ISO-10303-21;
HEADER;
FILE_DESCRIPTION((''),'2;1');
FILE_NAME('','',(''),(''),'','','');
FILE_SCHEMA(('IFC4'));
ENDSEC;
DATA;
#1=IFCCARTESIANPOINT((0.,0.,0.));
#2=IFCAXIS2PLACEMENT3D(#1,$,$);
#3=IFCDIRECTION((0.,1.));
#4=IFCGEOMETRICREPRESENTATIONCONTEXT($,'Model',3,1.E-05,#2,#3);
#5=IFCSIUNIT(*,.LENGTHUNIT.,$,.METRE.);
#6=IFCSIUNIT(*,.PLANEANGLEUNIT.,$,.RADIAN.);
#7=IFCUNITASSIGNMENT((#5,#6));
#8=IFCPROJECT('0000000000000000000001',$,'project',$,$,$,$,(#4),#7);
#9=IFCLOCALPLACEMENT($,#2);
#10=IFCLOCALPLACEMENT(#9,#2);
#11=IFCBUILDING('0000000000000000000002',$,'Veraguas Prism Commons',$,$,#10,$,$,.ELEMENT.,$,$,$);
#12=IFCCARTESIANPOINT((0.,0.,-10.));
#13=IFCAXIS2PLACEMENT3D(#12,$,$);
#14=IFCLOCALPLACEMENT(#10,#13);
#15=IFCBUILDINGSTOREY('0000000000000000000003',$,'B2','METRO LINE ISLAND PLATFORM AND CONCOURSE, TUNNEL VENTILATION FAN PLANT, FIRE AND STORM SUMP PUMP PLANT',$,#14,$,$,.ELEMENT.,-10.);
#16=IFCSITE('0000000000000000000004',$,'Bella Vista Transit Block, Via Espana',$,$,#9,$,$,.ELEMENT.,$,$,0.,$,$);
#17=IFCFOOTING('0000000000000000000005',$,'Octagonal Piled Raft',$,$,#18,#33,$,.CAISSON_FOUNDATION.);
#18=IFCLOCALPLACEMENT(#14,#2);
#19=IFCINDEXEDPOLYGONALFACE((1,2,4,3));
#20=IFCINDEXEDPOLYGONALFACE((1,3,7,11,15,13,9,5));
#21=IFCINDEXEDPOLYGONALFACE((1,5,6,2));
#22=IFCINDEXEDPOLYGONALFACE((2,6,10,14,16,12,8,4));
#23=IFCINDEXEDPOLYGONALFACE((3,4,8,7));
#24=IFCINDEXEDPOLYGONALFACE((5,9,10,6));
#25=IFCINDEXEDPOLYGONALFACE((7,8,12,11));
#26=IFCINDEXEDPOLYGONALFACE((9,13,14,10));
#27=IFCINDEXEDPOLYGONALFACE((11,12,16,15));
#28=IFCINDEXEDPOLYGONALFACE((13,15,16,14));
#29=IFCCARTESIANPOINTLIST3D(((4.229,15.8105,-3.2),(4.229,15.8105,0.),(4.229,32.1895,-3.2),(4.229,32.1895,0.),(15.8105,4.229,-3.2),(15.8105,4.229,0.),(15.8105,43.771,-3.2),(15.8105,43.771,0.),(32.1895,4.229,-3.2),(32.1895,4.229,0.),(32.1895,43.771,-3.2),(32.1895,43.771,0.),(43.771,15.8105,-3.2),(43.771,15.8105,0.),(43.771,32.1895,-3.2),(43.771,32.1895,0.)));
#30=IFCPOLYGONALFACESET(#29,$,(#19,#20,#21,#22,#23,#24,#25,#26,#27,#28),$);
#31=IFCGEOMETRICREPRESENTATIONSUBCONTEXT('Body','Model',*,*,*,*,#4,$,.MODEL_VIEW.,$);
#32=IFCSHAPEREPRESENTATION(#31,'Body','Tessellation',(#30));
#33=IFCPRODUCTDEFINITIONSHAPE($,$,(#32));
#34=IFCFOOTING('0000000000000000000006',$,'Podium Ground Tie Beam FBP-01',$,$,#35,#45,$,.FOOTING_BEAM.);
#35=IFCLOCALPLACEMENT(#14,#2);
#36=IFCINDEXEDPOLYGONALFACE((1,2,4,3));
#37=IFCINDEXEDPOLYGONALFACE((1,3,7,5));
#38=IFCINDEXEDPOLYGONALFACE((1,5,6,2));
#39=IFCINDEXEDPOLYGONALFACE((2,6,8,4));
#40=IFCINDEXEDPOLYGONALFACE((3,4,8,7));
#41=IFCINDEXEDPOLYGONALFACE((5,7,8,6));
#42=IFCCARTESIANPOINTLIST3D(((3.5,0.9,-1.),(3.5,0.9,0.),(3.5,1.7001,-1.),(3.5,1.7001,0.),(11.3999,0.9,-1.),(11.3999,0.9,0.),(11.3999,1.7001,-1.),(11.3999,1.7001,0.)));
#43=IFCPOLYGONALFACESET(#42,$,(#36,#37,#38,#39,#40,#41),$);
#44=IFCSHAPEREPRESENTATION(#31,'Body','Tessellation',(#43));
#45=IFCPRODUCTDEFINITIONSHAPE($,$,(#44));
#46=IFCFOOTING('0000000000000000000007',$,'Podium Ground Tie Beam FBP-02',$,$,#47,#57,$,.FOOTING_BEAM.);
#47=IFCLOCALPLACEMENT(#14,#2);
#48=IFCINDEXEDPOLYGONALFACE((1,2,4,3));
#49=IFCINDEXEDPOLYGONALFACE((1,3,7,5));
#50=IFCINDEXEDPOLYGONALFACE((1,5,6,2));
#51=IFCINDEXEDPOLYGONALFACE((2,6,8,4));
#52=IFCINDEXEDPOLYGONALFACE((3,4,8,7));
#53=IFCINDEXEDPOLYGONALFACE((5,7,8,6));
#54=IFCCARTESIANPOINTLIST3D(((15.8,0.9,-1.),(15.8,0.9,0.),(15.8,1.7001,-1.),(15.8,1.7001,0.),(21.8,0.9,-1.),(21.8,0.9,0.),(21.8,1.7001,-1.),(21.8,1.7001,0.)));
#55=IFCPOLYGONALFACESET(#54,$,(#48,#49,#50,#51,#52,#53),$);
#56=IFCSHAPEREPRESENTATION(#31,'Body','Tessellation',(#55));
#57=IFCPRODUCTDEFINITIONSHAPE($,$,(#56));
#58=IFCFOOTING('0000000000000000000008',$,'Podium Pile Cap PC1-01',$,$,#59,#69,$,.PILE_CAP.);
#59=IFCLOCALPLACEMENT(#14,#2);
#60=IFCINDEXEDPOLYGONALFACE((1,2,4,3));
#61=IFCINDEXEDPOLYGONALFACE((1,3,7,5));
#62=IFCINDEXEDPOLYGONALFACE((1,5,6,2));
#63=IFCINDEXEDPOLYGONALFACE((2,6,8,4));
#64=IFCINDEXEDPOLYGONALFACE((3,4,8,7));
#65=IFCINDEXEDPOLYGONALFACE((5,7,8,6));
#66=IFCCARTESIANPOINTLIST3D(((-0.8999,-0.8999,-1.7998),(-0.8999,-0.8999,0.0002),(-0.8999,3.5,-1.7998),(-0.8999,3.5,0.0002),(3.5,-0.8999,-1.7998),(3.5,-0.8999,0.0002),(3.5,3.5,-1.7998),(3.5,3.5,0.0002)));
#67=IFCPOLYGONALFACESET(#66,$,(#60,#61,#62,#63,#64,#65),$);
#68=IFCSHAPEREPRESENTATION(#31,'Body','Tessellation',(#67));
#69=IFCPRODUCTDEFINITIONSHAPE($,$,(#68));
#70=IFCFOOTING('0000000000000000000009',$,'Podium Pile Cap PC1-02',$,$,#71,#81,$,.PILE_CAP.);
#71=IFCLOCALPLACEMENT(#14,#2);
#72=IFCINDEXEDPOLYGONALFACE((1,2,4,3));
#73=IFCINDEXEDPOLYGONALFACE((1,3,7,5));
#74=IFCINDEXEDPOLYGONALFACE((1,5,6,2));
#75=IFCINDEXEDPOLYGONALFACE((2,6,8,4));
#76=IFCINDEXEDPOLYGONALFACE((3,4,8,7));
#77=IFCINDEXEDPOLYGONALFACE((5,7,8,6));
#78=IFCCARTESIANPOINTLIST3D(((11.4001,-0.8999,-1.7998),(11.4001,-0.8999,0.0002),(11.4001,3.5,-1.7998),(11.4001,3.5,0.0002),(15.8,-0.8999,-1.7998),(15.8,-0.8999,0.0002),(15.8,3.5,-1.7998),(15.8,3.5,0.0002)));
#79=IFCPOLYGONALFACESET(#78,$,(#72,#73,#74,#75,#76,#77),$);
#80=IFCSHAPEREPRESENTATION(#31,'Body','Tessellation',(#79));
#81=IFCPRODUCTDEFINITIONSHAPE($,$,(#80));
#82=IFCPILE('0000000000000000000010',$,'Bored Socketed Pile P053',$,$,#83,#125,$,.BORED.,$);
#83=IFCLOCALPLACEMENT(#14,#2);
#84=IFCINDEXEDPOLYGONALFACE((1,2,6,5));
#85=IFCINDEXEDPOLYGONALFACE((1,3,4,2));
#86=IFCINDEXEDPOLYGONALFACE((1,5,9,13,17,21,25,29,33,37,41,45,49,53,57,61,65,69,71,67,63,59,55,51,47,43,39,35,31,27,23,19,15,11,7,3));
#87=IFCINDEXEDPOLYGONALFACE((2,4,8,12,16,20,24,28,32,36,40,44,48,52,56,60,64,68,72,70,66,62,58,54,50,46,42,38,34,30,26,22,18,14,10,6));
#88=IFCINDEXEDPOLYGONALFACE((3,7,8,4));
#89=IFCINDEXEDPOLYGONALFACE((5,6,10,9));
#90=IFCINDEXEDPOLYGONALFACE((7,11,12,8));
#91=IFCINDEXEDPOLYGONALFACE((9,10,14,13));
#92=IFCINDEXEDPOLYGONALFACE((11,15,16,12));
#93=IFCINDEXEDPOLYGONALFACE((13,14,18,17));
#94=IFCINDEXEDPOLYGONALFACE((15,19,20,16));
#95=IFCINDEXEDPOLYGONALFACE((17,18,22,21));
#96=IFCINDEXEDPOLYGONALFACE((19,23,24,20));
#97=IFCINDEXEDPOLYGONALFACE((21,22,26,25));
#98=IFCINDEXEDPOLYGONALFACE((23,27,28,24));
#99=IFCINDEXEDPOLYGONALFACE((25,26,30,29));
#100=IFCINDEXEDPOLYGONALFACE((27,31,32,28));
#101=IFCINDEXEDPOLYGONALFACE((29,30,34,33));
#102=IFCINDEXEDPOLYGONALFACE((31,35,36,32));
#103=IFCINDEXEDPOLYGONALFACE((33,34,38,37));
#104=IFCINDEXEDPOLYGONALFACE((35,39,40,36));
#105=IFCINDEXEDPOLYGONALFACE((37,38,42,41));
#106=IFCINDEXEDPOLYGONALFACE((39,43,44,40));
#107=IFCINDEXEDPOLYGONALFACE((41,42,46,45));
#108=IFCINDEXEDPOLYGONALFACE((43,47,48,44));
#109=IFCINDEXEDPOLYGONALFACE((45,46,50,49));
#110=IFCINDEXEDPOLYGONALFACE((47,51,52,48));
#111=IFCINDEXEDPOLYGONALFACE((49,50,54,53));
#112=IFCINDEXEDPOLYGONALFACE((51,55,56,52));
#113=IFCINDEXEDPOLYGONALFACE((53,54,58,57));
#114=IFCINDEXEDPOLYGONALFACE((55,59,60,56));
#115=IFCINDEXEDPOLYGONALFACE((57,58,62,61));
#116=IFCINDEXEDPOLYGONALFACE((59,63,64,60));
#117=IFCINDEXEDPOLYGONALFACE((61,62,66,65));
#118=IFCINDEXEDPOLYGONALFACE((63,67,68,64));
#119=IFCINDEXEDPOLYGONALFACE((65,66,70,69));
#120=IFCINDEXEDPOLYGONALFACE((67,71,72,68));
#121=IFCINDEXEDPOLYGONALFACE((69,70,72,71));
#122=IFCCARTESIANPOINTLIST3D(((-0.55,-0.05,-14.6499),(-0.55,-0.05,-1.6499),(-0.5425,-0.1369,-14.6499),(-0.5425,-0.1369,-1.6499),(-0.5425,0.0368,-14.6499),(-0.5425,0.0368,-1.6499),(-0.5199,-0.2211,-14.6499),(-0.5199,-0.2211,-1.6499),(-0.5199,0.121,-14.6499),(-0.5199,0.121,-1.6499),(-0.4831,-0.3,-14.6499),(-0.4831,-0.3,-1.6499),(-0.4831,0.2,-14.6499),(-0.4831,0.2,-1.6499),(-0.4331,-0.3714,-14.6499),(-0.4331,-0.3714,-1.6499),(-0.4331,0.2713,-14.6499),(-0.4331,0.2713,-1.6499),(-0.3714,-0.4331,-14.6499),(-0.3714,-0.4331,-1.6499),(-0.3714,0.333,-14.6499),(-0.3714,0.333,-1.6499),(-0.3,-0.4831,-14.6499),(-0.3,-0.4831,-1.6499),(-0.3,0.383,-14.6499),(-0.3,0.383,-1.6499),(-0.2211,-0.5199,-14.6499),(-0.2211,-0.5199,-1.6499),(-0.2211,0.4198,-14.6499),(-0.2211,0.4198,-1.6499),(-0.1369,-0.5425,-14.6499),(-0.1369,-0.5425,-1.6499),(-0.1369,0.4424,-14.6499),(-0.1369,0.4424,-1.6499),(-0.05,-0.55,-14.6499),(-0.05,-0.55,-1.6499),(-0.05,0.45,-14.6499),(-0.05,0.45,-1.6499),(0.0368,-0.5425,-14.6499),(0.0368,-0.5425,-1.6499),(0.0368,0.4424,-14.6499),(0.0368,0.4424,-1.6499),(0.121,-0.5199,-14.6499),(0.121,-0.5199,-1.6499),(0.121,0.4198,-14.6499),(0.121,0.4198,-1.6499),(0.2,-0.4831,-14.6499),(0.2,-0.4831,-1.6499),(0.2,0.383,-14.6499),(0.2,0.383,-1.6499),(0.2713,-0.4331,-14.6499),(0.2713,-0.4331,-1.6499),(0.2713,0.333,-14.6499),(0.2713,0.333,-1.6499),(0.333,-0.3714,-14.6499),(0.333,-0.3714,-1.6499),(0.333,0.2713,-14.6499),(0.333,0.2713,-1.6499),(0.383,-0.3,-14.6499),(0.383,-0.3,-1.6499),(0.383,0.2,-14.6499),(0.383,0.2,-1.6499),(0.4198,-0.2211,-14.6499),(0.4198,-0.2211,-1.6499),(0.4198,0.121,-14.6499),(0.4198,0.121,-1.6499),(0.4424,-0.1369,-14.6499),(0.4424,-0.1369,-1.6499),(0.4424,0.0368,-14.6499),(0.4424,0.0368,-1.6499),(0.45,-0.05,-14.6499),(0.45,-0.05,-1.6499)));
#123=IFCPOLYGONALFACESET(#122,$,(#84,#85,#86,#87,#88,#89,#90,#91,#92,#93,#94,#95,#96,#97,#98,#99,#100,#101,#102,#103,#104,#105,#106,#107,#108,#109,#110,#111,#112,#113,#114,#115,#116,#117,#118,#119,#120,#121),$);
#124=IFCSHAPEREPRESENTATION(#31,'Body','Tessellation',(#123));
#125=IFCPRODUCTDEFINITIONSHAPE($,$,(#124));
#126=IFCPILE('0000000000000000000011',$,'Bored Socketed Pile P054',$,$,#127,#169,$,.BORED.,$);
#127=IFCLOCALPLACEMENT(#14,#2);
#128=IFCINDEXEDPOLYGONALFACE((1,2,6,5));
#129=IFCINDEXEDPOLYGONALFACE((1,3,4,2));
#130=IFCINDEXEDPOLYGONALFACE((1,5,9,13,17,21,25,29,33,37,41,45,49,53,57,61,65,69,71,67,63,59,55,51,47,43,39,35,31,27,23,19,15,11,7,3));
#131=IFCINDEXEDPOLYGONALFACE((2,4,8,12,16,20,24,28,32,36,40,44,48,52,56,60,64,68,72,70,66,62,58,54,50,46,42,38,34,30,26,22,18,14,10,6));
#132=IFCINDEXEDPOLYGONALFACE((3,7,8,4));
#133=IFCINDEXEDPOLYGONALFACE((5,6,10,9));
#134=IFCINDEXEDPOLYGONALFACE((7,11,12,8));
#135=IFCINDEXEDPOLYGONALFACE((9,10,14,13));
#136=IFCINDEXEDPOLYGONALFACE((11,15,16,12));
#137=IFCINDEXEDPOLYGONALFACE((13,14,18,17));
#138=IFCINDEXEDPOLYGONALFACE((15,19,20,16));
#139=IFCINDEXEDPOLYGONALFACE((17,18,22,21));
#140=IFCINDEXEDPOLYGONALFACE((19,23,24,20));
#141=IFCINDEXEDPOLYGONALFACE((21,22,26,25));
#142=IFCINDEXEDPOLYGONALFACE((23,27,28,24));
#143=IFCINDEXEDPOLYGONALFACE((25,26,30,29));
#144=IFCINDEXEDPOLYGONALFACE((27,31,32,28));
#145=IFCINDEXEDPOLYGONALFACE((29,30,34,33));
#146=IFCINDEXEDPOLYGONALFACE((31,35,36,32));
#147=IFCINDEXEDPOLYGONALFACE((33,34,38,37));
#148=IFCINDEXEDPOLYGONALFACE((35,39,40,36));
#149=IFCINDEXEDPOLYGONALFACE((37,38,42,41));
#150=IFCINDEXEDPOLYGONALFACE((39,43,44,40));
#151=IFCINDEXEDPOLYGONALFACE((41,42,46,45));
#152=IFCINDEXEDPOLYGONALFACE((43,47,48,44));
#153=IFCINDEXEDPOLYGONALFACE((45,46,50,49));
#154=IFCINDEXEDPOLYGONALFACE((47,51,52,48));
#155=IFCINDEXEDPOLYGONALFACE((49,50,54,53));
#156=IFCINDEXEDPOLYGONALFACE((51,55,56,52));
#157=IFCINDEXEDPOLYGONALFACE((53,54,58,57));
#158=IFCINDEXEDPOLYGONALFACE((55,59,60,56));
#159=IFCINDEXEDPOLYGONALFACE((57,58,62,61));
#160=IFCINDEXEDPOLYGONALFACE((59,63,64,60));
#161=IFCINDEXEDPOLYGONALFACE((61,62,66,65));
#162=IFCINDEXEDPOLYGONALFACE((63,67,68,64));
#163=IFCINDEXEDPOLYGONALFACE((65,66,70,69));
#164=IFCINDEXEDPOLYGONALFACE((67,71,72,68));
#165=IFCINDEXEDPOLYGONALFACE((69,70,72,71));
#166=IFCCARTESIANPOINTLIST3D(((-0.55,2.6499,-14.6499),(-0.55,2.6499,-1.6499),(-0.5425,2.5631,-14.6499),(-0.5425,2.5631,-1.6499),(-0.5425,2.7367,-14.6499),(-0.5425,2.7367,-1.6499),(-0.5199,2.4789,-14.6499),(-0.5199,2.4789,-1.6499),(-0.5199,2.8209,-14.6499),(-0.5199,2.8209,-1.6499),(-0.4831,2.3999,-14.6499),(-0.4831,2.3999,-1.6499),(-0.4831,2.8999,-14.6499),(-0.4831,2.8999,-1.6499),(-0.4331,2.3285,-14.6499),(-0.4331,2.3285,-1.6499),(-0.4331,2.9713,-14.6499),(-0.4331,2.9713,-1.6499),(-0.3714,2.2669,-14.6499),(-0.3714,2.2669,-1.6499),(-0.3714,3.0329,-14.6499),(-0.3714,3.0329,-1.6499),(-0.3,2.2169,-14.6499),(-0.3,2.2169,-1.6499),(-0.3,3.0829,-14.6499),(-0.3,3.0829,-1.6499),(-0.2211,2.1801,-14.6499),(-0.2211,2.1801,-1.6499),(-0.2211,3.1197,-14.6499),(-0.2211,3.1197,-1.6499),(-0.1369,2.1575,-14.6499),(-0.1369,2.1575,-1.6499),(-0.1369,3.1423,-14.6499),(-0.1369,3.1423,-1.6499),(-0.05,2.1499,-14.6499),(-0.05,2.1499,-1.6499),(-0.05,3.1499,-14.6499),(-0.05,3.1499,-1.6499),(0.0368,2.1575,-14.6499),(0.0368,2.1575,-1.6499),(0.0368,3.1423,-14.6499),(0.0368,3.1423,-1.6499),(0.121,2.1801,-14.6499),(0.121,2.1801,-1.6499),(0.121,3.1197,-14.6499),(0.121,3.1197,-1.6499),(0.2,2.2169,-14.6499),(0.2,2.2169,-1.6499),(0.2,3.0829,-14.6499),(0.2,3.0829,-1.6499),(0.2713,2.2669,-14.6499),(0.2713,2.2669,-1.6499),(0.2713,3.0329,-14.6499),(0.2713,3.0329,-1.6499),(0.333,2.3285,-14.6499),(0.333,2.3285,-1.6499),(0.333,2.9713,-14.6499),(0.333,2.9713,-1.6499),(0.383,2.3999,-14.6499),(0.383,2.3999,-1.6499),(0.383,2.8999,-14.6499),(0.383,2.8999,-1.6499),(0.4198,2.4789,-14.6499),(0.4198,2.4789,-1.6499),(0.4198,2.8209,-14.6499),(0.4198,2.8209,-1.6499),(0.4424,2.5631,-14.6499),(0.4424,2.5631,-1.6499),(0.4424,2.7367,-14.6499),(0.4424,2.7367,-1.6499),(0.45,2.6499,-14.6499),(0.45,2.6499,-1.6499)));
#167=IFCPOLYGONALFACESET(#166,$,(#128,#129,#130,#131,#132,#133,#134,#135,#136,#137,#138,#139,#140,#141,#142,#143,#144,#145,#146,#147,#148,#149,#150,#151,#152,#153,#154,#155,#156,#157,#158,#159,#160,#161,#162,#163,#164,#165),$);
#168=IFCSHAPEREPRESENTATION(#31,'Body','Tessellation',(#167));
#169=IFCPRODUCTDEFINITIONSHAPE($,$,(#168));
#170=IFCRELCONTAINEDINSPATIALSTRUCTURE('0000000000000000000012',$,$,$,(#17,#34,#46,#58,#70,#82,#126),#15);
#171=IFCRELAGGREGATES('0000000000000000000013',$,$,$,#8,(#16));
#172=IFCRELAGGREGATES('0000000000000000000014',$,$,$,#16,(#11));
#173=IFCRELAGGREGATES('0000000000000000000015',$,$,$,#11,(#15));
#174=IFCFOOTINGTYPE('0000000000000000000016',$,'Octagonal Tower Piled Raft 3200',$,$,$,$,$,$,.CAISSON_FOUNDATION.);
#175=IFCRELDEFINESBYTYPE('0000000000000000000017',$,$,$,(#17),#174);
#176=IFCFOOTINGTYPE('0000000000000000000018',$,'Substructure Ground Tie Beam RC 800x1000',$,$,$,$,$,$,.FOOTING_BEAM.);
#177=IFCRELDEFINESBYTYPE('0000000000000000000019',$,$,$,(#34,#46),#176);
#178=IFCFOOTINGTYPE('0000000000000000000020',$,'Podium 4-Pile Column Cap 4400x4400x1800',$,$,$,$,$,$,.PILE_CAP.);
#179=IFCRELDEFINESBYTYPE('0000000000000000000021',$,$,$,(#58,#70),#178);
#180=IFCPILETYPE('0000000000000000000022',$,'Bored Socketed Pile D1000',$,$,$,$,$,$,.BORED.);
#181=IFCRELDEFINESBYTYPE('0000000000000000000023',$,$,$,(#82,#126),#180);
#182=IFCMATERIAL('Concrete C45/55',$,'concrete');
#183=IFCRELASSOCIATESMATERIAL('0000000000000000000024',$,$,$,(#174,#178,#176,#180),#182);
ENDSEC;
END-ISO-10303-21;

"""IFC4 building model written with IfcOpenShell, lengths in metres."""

from ifc_helpers import new_model, si_unit, direction, frame, origin, origin_2d, place, context, subcontext, project, spatial, polyline, rectangle, circle, outline, extrude, source, transform, mapped, material, material_profile, profile_set, type_object, element, save


model = new_model("IFC4")

# Units and contexts
model_context = context("Model", 3, precision=1e-05, world=origin(), true_north=direction((0.0, 1.0)))
body_context = subcontext(model_context, "Body", "Model", "MODEL_VIEW")
ifc_project = project(units=[si_unit("LENGTHUNIT", "METRE"), si_unit("PLANEANGLEUNIT", "RADIAN")], contexts=[model_context])

# Site, building, storey
site_placement = place(None, origin())
site = spatial("IfcSite", under=ifc_project, at=site_placement, Name="Bella Vista Transit Block, Via Espana", CompositionType="ELEMENT", RefElevation=0.0)
building_placement = place(site_placement, origin())
building = spatial("IfcBuilding", under=site, at=building_placement, Name="Veraguas Prism Commons", CompositionType="ELEMENT")
storey_placement = place(building_placement, frame((0.0, 0.0, -10.0)))
storey = spatial("IfcBuildingStorey", under=building, at=storey_placement, Name="B2", Description="METRO LINE ISLAND PLATFORM AND CONCOURSE, TUNNEL VENTILATION FAN PLANT, FIRE AND STORM SUMP PUMP PLANT", CompositionType="ELEMENT", Elevation=-10.0)

# Footings
ifc_material_1 = material(Name="Concrete C45/55", Category="concrete")
footing_type_1 = type_object("IfcFootingType", Name="Octagonal Tower Piled Raft 3200", PredefinedType="CAISSON_FOUNDATION", material=ifc_material_1)
footing_1_placement = place(storey_placement, frame((0.0, 0.0, -3.2)))
element("IfcFooting", 1, at=footing_1_placement, inside=storey, type_object=footing_type_1, Name="Octagonal Piled Raft", PredefinedType="CAISSON_FOUNDATION", context=body_context, shape_type="SweptSolid", body=[
    extrude(outline(polyline([(43.771, 32.1895), (32.1895, 43.771), (15.8105, 43.771), (4.229, 32.1895), (4.229, 15.8105), (15.8105, 4.229), (32.1895, 4.229), (43.771, 15.8105), (43.771, 32.1895)])), origin(), (0.0, 0.0, 1.0), 3.2),
])
ifc_material_profile_1 = material_profile(ifc_material_1, rectangle(XDim=0.8, YDim=1.0, at=origin_2d()), Name="RC800X1000")
ifc_profile_set_1 = profile_set([ifc_material_profile_1], Name="Concrete C45/55")
footing_type_2 = type_object("IfcFootingType", Name="Substructure Ground Tie Beam RC 800x1000", PredefinedType="FOOTING_BEAM", material=ifc_profile_set_1)
footing_2_placement = place(storey_placement, frame((3.5, 1.3, -0.5), z_axis=(1.0, 0.0, 0.0), x_axis=(0.0, 1.0, 0.0)))
element("IfcFooting", 2, at=footing_2_placement, inside=storey, type_object=footing_type_2, Name="Podium Ground Tie Beam FBP-01", PredefinedType="FOOTING_BEAM", context=body_context, shape_type="SweptSolid", body=[
    extrude(rectangle(XDim=0.8, YDim=1.0, at=origin_2d()), origin(), (0.0, 0.0, 1.0), 7.8999),
])
footing_3_placement = place(storey_placement, frame((15.8, 1.3, -0.5), z_axis=(1.0, 0.0, 0.0), x_axis=(0.0, 1.0, 0.0)))
element("IfcFooting", 3, at=footing_3_placement, inside=storey, type_object=footing_type_2, Name="Podium Ground Tie Beam FBP-02", PredefinedType="FOOTING_BEAM", context=body_context, shape_type="SweptSolid", body=[
    extrude(rectangle(XDim=0.8, YDim=1.0, at=origin_2d()), origin(), (0.0, 0.0, 1.0), 6.0),
])
footing_type_3 = type_object("IfcFootingType", Name="Podium 4-Pile Column Cap 4400x4400x1800", PredefinedType="PILE_CAP", material=ifc_material_1)
shared_shape_1 = source(origin(), body_context, "Body", "SweptSolid", [
    extrude(rectangle(XDim=4.3999, YDim=4.3999, at=origin_2d()), origin(), (0.0, 0.0, 1.0), 1.8),
])
for number, where, z_axis, x_axis, name in (
    (4, (1.3, 1.3, -1.7998), (0.0, 0.0, 1.0), (1.0, 0.0, 0.0), "Podium Pile Cap PC1-01"),
    (5, (13.6001, 1.3, -1.7998), (0.0, 0.0, 1.0), (1.0, 0.0, 0.0), "Podium Pile Cap PC1-02"),
):
    element("IfcFooting", number, at=place(storey_placement, frame(where, z_axis=z_axis, x_axis=x_axis)), inside=storey, type_object=footing_type_3, Name=name, PredefinedType="PILE_CAP", context=body_context, shape_type="MappedRepresentation", body=[
        mapped(shared_shape_1, transform((0.0, 0.0, 0.0), scale=1.0)),
    ])

# Piles
ifc_material_profile_2 = material_profile(ifc_material_1, circle(Radius=0.5, at=origin_2d()), Name="PILE1000")
ifc_profile_set_2 = profile_set([ifc_material_profile_2], Name="Concrete C45/55")
pile_type = type_object("IfcPileType", Name="Bored Socketed Pile D1000", PredefinedType="BORED", material=ifc_profile_set_2)
shared_shape_2 = source(origin(), body_context, "Body", "SweptSolid", [
    extrude(circle(Radius=0.5, at=origin_2d()), origin(), (0.0, 0.0, 1.0), 13.0),
])
for number, where, z_axis, x_axis, name in (
    (6, (-0.05, -0.05, -1.6499), (0.0, 0.0, -1.0), (1.0, 0.0, 0.0), "Bored Socketed Pile P053"),
    (7, (-0.05, 2.6499, -1.6499), (0.0, 0.0, -1.0), (1.0, 0.0, 0.0), "Bored Socketed Pile P054"),
):
    element("IfcPile", number, at=place(storey_placement, frame(where, z_axis=z_axis, x_axis=x_axis)), inside=storey, type_object=pile_type, Name=name, PredefinedType="BORED", context=body_context, shape_type="MappedRepresentation", body=[
        mapped(shared_shape_2, transform((0.0, 0.0, 0.0), scale=1.0)),
    ])

save(model, "model.ifc")
